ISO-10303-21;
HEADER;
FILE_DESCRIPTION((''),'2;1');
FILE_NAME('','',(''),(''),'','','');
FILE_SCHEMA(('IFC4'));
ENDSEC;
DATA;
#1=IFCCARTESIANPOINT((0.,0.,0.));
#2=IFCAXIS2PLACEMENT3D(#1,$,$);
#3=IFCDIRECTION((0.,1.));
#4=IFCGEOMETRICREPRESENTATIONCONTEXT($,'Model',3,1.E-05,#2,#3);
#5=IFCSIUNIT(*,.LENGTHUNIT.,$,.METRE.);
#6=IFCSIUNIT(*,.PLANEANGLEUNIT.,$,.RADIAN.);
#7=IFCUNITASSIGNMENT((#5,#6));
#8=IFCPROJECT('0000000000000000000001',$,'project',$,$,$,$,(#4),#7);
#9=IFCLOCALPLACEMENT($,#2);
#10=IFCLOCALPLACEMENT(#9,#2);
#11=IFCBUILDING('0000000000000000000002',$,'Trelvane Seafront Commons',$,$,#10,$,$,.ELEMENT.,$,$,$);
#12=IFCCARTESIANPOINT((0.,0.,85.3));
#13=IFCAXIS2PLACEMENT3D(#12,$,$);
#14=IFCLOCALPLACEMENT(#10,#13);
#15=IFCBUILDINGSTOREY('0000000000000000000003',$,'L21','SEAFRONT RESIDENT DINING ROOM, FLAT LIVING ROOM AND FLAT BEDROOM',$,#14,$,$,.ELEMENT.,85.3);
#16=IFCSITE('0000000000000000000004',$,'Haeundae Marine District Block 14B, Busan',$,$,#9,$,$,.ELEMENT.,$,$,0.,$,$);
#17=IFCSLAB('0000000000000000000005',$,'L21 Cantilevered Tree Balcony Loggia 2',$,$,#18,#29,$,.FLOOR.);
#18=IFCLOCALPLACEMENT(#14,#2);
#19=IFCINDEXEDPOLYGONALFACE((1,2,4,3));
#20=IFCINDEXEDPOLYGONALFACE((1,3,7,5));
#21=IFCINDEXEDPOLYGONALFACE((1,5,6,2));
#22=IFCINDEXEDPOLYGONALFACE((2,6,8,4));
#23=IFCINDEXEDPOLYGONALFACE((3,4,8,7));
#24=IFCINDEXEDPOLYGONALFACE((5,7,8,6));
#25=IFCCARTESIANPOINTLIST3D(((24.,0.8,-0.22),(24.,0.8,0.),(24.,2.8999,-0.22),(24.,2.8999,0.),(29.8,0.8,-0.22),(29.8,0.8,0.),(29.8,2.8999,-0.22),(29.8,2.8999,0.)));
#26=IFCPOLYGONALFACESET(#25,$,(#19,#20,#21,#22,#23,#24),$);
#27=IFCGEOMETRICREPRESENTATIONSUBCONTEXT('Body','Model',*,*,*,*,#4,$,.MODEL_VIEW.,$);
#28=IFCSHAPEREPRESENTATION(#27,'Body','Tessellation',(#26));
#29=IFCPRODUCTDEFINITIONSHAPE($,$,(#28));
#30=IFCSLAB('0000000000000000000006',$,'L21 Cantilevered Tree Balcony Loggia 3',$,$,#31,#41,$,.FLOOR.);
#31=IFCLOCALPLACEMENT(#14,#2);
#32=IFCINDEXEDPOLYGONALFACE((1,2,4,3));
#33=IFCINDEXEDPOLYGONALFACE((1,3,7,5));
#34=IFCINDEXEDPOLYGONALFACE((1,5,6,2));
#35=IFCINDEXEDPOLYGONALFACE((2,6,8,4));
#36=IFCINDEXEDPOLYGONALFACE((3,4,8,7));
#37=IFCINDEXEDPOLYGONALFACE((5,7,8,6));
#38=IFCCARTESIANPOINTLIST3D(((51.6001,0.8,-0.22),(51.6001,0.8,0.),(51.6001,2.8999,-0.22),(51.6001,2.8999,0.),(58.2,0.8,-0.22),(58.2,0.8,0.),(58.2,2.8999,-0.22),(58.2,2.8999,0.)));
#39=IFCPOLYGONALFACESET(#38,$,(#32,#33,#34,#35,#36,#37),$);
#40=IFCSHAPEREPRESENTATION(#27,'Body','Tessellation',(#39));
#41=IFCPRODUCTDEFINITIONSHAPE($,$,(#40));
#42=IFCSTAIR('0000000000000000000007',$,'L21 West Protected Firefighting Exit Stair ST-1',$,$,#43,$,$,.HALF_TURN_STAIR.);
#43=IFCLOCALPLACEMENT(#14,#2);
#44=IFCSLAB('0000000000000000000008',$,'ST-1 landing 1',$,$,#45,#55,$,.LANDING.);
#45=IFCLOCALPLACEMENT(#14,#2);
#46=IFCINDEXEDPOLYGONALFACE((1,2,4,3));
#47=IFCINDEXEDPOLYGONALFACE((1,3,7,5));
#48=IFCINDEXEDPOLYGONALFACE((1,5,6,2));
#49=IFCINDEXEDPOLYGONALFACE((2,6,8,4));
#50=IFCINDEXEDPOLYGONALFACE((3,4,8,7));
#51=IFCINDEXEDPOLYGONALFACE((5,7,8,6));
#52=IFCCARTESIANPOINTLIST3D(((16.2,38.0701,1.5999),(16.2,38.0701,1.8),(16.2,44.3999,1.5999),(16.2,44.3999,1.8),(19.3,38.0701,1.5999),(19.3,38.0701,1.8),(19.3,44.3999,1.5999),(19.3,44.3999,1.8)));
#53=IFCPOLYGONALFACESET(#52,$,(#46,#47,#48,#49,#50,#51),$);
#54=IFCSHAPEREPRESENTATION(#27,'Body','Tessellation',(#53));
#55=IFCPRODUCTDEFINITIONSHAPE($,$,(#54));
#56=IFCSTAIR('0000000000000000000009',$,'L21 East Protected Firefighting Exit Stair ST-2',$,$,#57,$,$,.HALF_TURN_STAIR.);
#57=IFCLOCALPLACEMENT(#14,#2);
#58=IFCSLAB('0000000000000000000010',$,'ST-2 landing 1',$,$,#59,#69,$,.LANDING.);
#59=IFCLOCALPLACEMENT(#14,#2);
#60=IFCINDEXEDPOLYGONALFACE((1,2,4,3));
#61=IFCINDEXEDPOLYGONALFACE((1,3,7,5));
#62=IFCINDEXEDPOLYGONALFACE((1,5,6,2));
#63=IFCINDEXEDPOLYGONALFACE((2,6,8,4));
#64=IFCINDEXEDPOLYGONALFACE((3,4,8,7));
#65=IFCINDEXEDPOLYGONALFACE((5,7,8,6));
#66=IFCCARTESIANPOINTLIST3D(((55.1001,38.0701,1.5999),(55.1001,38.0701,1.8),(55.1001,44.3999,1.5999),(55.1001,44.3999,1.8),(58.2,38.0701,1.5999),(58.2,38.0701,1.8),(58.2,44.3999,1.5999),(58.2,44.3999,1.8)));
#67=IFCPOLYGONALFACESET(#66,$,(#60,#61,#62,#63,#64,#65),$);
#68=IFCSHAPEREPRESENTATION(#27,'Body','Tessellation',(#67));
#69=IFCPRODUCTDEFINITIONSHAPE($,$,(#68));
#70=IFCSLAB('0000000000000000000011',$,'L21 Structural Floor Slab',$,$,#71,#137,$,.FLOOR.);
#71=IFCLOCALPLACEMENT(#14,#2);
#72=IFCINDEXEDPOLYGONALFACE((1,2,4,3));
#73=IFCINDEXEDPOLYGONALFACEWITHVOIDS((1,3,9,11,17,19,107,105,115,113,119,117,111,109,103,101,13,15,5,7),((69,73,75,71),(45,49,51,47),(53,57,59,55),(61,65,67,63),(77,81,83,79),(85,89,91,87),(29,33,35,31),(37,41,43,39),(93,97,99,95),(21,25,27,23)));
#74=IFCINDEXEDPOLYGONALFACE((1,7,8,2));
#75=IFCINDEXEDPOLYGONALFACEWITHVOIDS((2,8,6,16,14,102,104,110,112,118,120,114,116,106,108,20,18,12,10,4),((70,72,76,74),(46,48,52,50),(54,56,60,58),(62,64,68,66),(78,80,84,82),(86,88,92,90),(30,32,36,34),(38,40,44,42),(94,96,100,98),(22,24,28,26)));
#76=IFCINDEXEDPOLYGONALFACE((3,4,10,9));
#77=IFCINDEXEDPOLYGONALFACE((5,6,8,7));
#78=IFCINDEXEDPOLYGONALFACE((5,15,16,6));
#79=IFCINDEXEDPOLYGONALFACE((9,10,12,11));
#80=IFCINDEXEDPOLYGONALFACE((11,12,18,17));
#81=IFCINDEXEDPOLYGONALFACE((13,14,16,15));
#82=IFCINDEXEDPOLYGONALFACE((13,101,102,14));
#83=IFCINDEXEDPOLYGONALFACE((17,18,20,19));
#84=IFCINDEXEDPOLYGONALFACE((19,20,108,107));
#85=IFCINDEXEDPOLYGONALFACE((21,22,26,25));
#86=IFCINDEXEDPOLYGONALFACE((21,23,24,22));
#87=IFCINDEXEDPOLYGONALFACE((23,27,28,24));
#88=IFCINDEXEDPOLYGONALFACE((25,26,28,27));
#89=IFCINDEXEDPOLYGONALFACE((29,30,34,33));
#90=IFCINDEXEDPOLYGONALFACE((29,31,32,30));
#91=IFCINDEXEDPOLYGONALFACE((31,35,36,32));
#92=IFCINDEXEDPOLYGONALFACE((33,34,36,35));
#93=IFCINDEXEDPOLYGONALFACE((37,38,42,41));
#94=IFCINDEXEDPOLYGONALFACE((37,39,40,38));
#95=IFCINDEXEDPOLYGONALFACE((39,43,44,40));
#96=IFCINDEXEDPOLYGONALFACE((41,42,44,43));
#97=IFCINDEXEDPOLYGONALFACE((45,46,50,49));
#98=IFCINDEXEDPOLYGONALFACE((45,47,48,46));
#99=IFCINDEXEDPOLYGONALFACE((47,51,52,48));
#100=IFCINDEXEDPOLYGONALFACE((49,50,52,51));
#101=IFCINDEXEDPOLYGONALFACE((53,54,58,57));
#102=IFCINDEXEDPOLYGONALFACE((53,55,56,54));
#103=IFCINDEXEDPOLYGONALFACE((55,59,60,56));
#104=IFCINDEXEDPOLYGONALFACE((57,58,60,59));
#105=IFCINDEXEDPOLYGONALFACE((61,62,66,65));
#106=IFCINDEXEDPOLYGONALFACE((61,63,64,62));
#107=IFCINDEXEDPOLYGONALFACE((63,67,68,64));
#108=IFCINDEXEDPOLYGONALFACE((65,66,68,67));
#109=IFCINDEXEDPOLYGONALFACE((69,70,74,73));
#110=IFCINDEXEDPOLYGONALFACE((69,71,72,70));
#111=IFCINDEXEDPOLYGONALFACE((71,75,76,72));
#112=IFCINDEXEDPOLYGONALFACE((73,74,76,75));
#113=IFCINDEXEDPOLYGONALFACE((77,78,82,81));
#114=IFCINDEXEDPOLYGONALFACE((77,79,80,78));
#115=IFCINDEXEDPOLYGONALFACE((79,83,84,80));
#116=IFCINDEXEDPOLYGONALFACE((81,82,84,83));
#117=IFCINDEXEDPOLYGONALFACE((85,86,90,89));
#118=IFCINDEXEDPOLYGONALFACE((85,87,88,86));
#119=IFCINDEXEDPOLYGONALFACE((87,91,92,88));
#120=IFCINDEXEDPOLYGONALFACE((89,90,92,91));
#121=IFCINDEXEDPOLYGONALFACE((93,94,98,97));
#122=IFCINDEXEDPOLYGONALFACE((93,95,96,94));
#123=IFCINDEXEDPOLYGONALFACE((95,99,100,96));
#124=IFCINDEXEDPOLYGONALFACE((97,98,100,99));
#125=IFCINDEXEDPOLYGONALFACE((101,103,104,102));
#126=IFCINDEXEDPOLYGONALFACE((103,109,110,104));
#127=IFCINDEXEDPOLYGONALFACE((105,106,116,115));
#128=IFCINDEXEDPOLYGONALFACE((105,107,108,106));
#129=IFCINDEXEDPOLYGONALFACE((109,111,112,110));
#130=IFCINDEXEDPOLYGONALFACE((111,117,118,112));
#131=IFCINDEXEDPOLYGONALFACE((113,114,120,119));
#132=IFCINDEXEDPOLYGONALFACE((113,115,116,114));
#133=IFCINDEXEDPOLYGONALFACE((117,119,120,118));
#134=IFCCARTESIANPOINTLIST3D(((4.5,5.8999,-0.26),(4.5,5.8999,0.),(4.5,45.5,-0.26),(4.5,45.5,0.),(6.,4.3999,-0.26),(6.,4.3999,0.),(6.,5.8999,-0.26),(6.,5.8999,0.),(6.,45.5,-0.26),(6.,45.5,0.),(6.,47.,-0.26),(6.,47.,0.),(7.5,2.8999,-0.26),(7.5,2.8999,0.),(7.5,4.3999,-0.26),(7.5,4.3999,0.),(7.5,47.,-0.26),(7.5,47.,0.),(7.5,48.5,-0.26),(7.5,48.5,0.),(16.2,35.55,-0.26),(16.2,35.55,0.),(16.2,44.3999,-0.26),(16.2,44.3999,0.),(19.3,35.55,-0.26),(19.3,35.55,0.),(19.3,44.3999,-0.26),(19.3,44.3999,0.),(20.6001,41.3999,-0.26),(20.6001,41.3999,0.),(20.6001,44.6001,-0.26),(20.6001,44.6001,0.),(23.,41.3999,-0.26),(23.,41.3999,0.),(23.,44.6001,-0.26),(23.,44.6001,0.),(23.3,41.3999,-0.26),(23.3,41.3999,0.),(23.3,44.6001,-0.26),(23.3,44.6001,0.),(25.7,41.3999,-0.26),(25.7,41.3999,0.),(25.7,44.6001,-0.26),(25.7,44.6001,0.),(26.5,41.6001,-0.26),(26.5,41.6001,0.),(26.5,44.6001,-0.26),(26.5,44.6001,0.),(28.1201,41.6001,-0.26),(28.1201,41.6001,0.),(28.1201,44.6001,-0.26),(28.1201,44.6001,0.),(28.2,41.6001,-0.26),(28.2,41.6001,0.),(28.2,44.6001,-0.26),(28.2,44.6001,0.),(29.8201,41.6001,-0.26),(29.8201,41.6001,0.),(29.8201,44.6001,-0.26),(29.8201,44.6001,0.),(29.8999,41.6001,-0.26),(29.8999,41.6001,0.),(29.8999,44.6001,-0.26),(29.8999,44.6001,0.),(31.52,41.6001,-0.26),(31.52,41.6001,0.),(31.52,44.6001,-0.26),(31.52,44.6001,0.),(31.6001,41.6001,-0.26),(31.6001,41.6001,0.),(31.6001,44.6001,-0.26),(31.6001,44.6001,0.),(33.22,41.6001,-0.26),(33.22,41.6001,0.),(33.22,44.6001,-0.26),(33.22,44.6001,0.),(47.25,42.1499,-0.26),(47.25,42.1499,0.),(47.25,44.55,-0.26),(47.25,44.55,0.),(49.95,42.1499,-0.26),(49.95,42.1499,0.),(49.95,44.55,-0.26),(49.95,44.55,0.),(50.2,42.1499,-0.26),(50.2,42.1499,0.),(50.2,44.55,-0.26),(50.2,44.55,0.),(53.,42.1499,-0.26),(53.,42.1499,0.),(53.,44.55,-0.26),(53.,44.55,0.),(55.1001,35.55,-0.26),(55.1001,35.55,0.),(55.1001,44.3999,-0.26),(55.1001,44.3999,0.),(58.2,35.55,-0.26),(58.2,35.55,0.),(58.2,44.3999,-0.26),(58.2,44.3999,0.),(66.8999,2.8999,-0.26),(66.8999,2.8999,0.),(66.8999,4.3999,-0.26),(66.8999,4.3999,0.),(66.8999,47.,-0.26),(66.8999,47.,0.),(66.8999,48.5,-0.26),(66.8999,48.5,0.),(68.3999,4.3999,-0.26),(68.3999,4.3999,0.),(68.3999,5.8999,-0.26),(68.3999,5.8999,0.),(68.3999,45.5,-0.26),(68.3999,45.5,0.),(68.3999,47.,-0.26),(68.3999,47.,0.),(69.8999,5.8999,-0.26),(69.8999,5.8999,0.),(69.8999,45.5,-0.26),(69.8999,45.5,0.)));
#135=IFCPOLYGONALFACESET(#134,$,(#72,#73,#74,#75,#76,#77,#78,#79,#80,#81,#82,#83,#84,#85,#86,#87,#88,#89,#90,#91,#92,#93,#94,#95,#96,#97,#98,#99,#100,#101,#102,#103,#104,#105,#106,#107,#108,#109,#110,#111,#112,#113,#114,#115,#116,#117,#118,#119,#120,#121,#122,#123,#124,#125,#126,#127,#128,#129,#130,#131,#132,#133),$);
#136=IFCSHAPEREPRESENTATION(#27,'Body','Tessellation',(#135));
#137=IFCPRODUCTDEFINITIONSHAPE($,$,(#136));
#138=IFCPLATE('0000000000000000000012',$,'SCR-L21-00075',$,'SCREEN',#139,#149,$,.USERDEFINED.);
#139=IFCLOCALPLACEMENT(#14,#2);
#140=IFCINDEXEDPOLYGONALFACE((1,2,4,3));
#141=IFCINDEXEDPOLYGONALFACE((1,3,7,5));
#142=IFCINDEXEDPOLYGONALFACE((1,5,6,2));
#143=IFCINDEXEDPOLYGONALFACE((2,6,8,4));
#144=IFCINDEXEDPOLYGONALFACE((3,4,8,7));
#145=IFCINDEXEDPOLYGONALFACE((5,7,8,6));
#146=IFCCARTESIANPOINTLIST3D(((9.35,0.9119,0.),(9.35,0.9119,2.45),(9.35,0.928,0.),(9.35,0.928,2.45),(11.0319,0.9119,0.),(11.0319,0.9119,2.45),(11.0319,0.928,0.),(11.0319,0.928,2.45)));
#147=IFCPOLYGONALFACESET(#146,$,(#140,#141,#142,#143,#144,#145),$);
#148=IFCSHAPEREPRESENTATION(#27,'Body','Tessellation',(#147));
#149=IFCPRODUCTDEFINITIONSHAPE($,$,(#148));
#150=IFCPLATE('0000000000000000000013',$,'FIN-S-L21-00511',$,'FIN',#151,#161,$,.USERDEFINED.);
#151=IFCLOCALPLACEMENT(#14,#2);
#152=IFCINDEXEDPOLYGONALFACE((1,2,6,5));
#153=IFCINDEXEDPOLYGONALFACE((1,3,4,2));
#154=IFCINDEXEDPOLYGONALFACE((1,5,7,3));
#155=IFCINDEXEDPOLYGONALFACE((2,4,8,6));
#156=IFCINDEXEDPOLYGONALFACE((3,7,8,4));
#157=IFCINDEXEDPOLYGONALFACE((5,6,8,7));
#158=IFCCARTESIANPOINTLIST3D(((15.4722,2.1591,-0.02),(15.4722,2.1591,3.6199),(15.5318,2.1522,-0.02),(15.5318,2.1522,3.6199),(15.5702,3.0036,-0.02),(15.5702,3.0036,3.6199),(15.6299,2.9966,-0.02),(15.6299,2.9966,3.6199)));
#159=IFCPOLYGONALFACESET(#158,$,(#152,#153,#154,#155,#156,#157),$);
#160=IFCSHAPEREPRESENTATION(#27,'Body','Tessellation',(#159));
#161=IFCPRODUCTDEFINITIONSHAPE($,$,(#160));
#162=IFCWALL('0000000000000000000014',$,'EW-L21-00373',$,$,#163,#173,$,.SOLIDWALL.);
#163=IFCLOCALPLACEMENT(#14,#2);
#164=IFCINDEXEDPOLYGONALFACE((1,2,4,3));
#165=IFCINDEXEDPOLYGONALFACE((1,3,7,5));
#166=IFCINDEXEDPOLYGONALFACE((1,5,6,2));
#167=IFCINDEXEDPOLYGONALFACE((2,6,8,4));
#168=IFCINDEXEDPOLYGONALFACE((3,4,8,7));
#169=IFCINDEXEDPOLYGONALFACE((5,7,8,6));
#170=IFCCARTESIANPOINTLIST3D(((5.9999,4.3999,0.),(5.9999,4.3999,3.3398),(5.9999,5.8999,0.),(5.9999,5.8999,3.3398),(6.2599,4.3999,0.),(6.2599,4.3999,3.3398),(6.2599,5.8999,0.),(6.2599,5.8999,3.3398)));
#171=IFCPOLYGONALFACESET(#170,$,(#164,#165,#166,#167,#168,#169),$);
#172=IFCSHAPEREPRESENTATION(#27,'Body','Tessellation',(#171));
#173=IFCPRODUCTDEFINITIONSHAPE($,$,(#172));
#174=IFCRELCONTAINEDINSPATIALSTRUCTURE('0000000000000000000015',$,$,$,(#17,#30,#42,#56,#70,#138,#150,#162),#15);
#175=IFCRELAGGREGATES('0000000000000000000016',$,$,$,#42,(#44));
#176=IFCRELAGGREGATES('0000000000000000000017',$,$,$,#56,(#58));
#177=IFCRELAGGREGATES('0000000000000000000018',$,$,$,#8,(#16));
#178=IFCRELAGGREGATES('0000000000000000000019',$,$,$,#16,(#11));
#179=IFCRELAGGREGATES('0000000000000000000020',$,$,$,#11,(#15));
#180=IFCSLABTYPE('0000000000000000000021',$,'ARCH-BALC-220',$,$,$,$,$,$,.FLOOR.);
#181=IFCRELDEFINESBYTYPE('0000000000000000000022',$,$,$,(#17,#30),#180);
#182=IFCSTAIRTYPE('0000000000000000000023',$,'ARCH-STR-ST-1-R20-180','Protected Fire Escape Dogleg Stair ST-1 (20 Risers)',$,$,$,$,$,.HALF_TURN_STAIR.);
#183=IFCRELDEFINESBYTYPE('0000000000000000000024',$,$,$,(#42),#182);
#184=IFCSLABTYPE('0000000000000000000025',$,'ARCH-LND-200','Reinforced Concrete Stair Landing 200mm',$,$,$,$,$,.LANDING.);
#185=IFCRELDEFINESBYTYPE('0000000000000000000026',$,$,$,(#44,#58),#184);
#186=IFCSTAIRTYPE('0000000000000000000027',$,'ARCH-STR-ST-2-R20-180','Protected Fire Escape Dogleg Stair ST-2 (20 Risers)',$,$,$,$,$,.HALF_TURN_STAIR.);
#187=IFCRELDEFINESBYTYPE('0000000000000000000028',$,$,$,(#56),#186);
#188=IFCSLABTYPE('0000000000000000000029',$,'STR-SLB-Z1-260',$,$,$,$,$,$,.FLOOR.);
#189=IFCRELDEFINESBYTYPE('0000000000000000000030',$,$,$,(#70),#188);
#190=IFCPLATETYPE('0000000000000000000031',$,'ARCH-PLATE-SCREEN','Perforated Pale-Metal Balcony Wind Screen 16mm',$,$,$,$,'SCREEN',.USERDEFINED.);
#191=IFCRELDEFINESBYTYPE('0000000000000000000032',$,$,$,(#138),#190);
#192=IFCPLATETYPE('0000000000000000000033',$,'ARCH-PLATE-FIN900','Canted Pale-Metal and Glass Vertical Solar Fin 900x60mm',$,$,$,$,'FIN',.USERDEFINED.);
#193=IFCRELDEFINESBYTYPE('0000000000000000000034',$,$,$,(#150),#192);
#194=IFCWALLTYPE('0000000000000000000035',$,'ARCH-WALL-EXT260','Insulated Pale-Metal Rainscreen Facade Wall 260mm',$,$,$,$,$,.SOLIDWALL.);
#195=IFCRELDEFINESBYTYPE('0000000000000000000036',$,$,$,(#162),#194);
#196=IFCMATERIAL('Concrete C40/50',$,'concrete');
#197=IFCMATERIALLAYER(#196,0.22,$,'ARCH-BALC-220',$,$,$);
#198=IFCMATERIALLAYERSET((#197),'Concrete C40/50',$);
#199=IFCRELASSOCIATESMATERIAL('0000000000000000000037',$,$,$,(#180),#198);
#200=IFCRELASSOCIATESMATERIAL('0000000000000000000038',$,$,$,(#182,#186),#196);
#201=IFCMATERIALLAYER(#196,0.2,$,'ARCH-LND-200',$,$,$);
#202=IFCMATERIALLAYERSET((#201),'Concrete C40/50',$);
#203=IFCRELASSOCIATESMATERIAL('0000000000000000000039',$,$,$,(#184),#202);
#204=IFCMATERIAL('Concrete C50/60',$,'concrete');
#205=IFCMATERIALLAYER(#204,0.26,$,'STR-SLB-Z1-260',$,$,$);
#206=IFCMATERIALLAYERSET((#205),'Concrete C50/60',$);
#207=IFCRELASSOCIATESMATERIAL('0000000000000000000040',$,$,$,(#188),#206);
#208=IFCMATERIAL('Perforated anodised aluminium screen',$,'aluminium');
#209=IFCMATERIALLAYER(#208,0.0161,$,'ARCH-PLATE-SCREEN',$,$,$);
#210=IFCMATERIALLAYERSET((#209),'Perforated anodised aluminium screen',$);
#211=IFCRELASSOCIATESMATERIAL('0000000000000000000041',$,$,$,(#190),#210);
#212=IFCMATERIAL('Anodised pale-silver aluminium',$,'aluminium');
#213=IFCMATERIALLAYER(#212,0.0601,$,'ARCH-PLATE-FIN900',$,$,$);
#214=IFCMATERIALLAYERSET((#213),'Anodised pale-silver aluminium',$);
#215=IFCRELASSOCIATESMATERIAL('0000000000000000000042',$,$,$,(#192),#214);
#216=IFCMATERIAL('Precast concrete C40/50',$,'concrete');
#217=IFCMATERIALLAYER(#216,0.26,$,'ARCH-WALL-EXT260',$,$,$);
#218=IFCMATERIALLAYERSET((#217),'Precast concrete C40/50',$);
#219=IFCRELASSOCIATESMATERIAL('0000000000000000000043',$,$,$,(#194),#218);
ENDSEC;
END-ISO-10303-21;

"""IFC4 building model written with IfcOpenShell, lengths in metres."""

from ifc_helpers import new_model, si_unit, direction, frame, frame_2d, origin, origin_2d, place, context, subcontext, project, spatial, polyline, rectangle, outline, extrude, source, transform, mapped, material, layer, layer_set, type_object, element, aggregate, save


model = new_model("IFC4")

# Units and contexts
model_context = context("Model", 3, precision=1e-05, world=origin(), true_north=direction((0.0, 1.0)))
body_context = subcontext(model_context, "Body", "Model", "MODEL_VIEW")
ifc_project = project(units=[si_unit("LENGTHUNIT", "METRE"), si_unit("PLANEANGLEUNIT", "RADIAN")], contexts=[model_context])

# Site, building, storey
site_placement = place(None, origin())
site = spatial("IfcSite", under=ifc_project, at=site_placement, Name="Haeundae Marine District Block 14B, Busan", CompositionType="ELEMENT", RefElevation=0.0)
building_placement = place(site_placement, origin())
building = spatial("IfcBuilding", under=site, at=building_placement, Name="Trelvane Seafront Commons", CompositionType="ELEMENT")
storey_placement = place(building_placement, frame((0.0, 0.0, 85.3)))
storey = spatial("IfcBuildingStorey", under=building, at=storey_placement, Name="L21", Description="SEAFRONT RESIDENT DINING ROOM, FLAT LIVING ROOM AND FLAT BEDROOM", CompositionType="ELEMENT", Elevation=85.3)

# Slabs
ifc_material_1 = material(Name="Concrete C40/50", Category="concrete")
ifc_layer_1 = layer(ifc_material_1, 0.22, Name="ARCH-BALC-220")
ifc_layer_set_1 = layer_set([ifc_layer_1], Name="Concrete C40/50")
slab_type_1 = type_object("IfcSlabType", Name="ARCH-BALC-220", PredefinedType="FLOOR", material=ifc_layer_set_1)
slab_1_placement = place(storey_placement, frame((0.0, 0.0, -0.22)))
element("IfcSlab", 1, at=slab_1_placement, inside=storey, type_object=slab_type_1, Name="L21 Cantilevered Tree Balcony Loggia 2", PredefinedType="FLOOR", context=body_context, shape_type="SweptSolid", body=[
    extrude(outline(polyline([(24.0, 0.8), (29.8, 0.8), (29.8, 2.8999), (24.0, 2.8999), (24.0, 0.8)])), origin(), (0.0, 0.0, 1.0), 0.22),
])
slab_2_placement = place(storey_placement, frame((0.0, 0.0, -0.22)))
element("IfcSlab", 2, at=slab_2_placement, inside=storey, type_object=slab_type_1, Name="L21 Cantilevered Tree Balcony Loggia 3", PredefinedType="FLOOR", context=body_context, shape_type="SweptSolid", body=[
    extrude(outline(polyline([(51.6001, 0.8), (58.2, 0.8), (58.2, 2.8999), (51.6001, 2.8999), (51.6001, 0.8)])), origin(), (0.0, 0.0, 1.0), 0.22),
])

# Stairs, slabs
stair_type_1 = type_object("IfcStairType", Name="ARCH-STR-ST-1-R20-180", Description="Protected Fire Escape Dogleg Stair ST-1 (20 Risers)", PredefinedType="HALF_TURN_STAIR", material=ifc_material_1)
stair_1_placement = place(storey_placement, origin())
stair_1 = element("IfcStair", 3, at=stair_1_placement, inside=storey, type_object=stair_type_1, Name="L21 West Protected Firefighting Exit Stair ST-1", PredefinedType="HALF_TURN_STAIR")
ifc_layer_2 = layer(ifc_material_1, 0.2, Name="ARCH-LND-200")
ifc_layer_set_2 = layer_set([ifc_layer_2], Name="Concrete C40/50")
slab_type_2 = type_object("IfcSlabType", Name="ARCH-LND-200", Description="Reinforced Concrete Stair Landing 200mm", PredefinedType="LANDING", material=ifc_layer_set_2)
slab_3_placement = place(storey_placement, frame((0.0, 0.0, 1.5999)))
slab_3 = element("IfcSlab", 4, at=slab_3_placement, type_object=slab_type_2, Name="ST-1 landing 1", PredefinedType="LANDING", context=body_context, shape_type="SweptSolid", body=[
    extrude(outline(polyline([(19.3, 38.0701), (19.3, 44.3999), (16.2, 44.3999), (16.2, 38.0701), (19.3, 38.0701)])), origin(), (0.0, 0.0, 1.0), 0.2002),
])
aggregate(stair_1, [slab_3])
stair_type_2 = type_object("IfcStairType", Name="ARCH-STR-ST-2-R20-180", Description="Protected Fire Escape Dogleg Stair ST-2 (20 Risers)", PredefinedType="HALF_TURN_STAIR", material=ifc_material_1)
stair_2_placement = place(storey_placement, origin())
stair_2 = element("IfcStair", 5, at=stair_2_placement, inside=storey, type_object=stair_type_2, Name="L21 East Protected Firefighting Exit Stair ST-2", PredefinedType="HALF_TURN_STAIR")
slab_4_placement = place(storey_placement, frame((0.0, 0.0, 1.5999)))
slab_4 = element("IfcSlab", 6, at=slab_4_placement, type_object=slab_type_2, Name="ST-2 landing 1", PredefinedType="LANDING", context=body_context, shape_type="SweptSolid", body=[
    extrude(outline(polyline([(58.2, 38.0701), (58.2, 44.3999), (55.1001, 44.3999), (55.1001, 38.0701), (58.2, 38.0701)])), origin(), (0.0, 0.0, 1.0), 0.2002),
])
aggregate(stair_2, [slab_4])

# Slab
ifc_material_2 = material(Name="Concrete C50/60", Category="concrete")
ifc_layer_3 = layer(ifc_material_2, 0.26, Name="STR-SLB-Z1-260")
ifc_layer_set_3 = layer_set([ifc_layer_3], Name="Concrete C50/60")
slab_type_3 = type_object("IfcSlabType", Name="STR-SLB-Z1-260", PredefinedType="FLOOR", material=ifc_layer_set_3)
slab_5_placement = place(storey_placement, frame((0.0, 0.0, -0.26)))
element("IfcSlab", 7, at=slab_5_placement, inside=storey, type_object=slab_type_3, Name="L21 Structural Floor Slab", PredefinedType="FLOOR", context=body_context, shape_type="SweptSolid", body=[
    extrude(outline(polyline([(7.5, 2.8999), (66.8999, 2.8999), (66.8999, 4.3999), (68.3999, 4.3999), (68.3999, 5.8999), (69.8999, 5.8999), (69.8999, 45.5), (68.3999, 45.5), (68.3999, 47.0), (66.8999, 47.0), (66.8999, 48.5), (7.5, 48.5), (7.5, 47.0), (6.0, 47.0), (6.0, 45.5), (4.5, 45.5), (4.5, 5.8999), (6.0, 5.8999), (6.0, 4.3999), (7.5, 4.3999), (7.5, 2.8999)]), holes=[polyline([(19.3, 35.55), (16.2, 35.55), (16.2, 44.3999), (19.3, 44.3999), (19.3, 35.55)]), polyline([(58.2, 35.55), (55.1001, 35.55), (55.1001, 44.3999), (58.2, 44.3999), (58.2, 35.55)]), polyline([(23.0, 41.3999), (20.6001, 41.3999), (20.6001, 44.6001), (23.0, 44.6001), (23.0, 41.3999)]), polyline([(23.3, 41.3999), (23.3, 44.6001), (25.7, 44.6001), (25.7, 41.3999), (23.3, 41.3999)]), polyline([(26.5, 41.6001), (26.5, 44.6001), (28.1201, 44.6001), (28.1201, 41.6001), (26.5, 41.6001)]), polyline([(29.8201, 41.6001), (28.2, 41.6001), (28.2, 44.6001), (29.8201, 44.6001), (29.8201, 41.6001)]), polyline([(31.52, 41.6001), (29.8999, 41.6001), (29.8999, 44.6001), (31.52, 44.6001), (31.52, 41.6001)]), polyline([(33.22, 41.6001), (31.6001, 41.6001), (31.6001, 44.6001), (33.22, 44.6001), (33.22, 41.6001)]), polyline([(47.25, 42.1499), (47.25, 44.55), (49.95, 44.55), (49.95, 42.1499), (47.25, 42.1499)]), polyline([(50.2, 42.1499), (50.2, 44.55), (53.0, 44.55), (53.0, 42.1499), (50.2, 42.1499)])]), origin(), (0.0, 0.0, 1.0), 0.26),
])

# Plates
ifc_material_3 = material(Name="Perforated anodised aluminium screen", Category="aluminium")
ifc_layer_4 = layer(ifc_material_3, 0.0161, Name="ARCH-PLATE-SCREEN")
ifc_layer_set_4 = layer_set([ifc_layer_4], Name="Perforated anodised aluminium screen")
plate_type_1 = type_object("IfcPlateType", Name="ARCH-PLATE-SCREEN", Description="Perforated Pale-Metal Balcony Wind Screen 16mm", ElementType="SCREEN", PredefinedType="USERDEFINED", material=ifc_layer_set_4)
shared_shape_1 = source(origin(), body_context, "Body", "SweptSolid", [
    extrude(rectangle(XDim=1.6819, YDim=0.0161, at=origin_2d()), origin(), (0.0, 0.0, 1.0), 2.45),
])
plate_1_placement = place(storey_placement, frame((10.1909, 0.9199, 0.0), z_axis=(0.0, 0.0, 1.0), x_axis=(1.0, 0.0, 0.0)))
element("IfcPlate", 8, at=plate_1_placement, inside=storey, type_object=plate_type_1, Name="SCR-L21-00075", ObjectType="SCREEN", PredefinedType="USERDEFINED", context=body_context, shape_type="MappedRepresentation", body=[
    mapped(shared_shape_1, transform((0.0, 0.0, 0.0), x_axis=(1.0, 0.0, 0.0), y_axis=(0.0, 1.0, 0.0), z_axis=(0.0, 0.0, 1.0), scale=1.0)),
])
ifc_material_4 = material(Name="Anodised pale-silver aluminium", Category="aluminium")
ifc_layer_5 = layer(ifc_material_4, 0.0601, Name="ARCH-PLATE-FIN900")
ifc_layer_set_5 = layer_set([ifc_layer_5], Name="Anodised pale-silver aluminium")
plate_type_2 = type_object("IfcPlateType", Name="ARCH-PLATE-FIN900", Description="Canted Pale-Metal and Glass Vertical Solar Fin 900x60mm", ElementType="FIN", PredefinedType="USERDEFINED", material=ifc_layer_set_5)
shared_shape_2 = source(origin(), body_context, "Body", "SweptSolid", [
    extrude(rectangle(XDim=0.8501, YDim=0.0601, at=origin_2d()), origin(), (0.0, 0.0, 1.0), 3.6399),
])
plate_2_placement = place(storey_placement, frame((15.551, 2.5779, -0.02), z_axis=(0.0, 0.0, 1.0), x_axis=(-0.115298, -0.993331, 0.0)))
element("IfcPlate", 9, at=plate_2_placement, inside=storey, type_object=plate_type_2, Name="FIN-S-L21-00511", ObjectType="FIN", PredefinedType="USERDEFINED", context=body_context, shape_type="MappedRepresentation", body=[
    mapped(shared_shape_2, transform((0.0, 0.0, 0.0), x_axis=(1.0, 0.0, 0.0), y_axis=(0.0, 1.0, 0.0), z_axis=(0.0, 0.0, 1.0), scale=1.0)),
])

# Wall
ifc_material_5 = material(Name="Precast concrete C40/50", Category="concrete")
ifc_layer_6 = layer(ifc_material_5, 0.26, Name="ARCH-WALL-EXT260")
ifc_layer_set_6 = layer_set([ifc_layer_6], Name="Precast concrete C40/50")
wall_type_1 = type_object("IfcWallType", Name="ARCH-WALL-EXT260", Description="Insulated Pale-Metal Rainscreen Facade Wall 260mm", PredefinedType="SOLIDWALL", material=ifc_layer_set_6)
wall_1_placement = place(storey_placement, frame((6.1299, 4.3999, 0.0), z_axis=(0.0, 0.0, 1.0), x_axis=(0.0, 1.0, 0.0)))
element("IfcWall", 10, at=wall_1_placement, inside=storey, type_object=wall_type_1, Name="EW-L21-00373", PredefinedType="SOLIDWALL", context=body_context, shape_type="SweptSolid", body=[
    extrude(rectangle(XDim=1.5, YDim=0.26, at=frame_2d((0.75, 0.0))), origin(), (0.0, 0.0, 1.0), 3.3398),
])

save(model, "model.ifc")
